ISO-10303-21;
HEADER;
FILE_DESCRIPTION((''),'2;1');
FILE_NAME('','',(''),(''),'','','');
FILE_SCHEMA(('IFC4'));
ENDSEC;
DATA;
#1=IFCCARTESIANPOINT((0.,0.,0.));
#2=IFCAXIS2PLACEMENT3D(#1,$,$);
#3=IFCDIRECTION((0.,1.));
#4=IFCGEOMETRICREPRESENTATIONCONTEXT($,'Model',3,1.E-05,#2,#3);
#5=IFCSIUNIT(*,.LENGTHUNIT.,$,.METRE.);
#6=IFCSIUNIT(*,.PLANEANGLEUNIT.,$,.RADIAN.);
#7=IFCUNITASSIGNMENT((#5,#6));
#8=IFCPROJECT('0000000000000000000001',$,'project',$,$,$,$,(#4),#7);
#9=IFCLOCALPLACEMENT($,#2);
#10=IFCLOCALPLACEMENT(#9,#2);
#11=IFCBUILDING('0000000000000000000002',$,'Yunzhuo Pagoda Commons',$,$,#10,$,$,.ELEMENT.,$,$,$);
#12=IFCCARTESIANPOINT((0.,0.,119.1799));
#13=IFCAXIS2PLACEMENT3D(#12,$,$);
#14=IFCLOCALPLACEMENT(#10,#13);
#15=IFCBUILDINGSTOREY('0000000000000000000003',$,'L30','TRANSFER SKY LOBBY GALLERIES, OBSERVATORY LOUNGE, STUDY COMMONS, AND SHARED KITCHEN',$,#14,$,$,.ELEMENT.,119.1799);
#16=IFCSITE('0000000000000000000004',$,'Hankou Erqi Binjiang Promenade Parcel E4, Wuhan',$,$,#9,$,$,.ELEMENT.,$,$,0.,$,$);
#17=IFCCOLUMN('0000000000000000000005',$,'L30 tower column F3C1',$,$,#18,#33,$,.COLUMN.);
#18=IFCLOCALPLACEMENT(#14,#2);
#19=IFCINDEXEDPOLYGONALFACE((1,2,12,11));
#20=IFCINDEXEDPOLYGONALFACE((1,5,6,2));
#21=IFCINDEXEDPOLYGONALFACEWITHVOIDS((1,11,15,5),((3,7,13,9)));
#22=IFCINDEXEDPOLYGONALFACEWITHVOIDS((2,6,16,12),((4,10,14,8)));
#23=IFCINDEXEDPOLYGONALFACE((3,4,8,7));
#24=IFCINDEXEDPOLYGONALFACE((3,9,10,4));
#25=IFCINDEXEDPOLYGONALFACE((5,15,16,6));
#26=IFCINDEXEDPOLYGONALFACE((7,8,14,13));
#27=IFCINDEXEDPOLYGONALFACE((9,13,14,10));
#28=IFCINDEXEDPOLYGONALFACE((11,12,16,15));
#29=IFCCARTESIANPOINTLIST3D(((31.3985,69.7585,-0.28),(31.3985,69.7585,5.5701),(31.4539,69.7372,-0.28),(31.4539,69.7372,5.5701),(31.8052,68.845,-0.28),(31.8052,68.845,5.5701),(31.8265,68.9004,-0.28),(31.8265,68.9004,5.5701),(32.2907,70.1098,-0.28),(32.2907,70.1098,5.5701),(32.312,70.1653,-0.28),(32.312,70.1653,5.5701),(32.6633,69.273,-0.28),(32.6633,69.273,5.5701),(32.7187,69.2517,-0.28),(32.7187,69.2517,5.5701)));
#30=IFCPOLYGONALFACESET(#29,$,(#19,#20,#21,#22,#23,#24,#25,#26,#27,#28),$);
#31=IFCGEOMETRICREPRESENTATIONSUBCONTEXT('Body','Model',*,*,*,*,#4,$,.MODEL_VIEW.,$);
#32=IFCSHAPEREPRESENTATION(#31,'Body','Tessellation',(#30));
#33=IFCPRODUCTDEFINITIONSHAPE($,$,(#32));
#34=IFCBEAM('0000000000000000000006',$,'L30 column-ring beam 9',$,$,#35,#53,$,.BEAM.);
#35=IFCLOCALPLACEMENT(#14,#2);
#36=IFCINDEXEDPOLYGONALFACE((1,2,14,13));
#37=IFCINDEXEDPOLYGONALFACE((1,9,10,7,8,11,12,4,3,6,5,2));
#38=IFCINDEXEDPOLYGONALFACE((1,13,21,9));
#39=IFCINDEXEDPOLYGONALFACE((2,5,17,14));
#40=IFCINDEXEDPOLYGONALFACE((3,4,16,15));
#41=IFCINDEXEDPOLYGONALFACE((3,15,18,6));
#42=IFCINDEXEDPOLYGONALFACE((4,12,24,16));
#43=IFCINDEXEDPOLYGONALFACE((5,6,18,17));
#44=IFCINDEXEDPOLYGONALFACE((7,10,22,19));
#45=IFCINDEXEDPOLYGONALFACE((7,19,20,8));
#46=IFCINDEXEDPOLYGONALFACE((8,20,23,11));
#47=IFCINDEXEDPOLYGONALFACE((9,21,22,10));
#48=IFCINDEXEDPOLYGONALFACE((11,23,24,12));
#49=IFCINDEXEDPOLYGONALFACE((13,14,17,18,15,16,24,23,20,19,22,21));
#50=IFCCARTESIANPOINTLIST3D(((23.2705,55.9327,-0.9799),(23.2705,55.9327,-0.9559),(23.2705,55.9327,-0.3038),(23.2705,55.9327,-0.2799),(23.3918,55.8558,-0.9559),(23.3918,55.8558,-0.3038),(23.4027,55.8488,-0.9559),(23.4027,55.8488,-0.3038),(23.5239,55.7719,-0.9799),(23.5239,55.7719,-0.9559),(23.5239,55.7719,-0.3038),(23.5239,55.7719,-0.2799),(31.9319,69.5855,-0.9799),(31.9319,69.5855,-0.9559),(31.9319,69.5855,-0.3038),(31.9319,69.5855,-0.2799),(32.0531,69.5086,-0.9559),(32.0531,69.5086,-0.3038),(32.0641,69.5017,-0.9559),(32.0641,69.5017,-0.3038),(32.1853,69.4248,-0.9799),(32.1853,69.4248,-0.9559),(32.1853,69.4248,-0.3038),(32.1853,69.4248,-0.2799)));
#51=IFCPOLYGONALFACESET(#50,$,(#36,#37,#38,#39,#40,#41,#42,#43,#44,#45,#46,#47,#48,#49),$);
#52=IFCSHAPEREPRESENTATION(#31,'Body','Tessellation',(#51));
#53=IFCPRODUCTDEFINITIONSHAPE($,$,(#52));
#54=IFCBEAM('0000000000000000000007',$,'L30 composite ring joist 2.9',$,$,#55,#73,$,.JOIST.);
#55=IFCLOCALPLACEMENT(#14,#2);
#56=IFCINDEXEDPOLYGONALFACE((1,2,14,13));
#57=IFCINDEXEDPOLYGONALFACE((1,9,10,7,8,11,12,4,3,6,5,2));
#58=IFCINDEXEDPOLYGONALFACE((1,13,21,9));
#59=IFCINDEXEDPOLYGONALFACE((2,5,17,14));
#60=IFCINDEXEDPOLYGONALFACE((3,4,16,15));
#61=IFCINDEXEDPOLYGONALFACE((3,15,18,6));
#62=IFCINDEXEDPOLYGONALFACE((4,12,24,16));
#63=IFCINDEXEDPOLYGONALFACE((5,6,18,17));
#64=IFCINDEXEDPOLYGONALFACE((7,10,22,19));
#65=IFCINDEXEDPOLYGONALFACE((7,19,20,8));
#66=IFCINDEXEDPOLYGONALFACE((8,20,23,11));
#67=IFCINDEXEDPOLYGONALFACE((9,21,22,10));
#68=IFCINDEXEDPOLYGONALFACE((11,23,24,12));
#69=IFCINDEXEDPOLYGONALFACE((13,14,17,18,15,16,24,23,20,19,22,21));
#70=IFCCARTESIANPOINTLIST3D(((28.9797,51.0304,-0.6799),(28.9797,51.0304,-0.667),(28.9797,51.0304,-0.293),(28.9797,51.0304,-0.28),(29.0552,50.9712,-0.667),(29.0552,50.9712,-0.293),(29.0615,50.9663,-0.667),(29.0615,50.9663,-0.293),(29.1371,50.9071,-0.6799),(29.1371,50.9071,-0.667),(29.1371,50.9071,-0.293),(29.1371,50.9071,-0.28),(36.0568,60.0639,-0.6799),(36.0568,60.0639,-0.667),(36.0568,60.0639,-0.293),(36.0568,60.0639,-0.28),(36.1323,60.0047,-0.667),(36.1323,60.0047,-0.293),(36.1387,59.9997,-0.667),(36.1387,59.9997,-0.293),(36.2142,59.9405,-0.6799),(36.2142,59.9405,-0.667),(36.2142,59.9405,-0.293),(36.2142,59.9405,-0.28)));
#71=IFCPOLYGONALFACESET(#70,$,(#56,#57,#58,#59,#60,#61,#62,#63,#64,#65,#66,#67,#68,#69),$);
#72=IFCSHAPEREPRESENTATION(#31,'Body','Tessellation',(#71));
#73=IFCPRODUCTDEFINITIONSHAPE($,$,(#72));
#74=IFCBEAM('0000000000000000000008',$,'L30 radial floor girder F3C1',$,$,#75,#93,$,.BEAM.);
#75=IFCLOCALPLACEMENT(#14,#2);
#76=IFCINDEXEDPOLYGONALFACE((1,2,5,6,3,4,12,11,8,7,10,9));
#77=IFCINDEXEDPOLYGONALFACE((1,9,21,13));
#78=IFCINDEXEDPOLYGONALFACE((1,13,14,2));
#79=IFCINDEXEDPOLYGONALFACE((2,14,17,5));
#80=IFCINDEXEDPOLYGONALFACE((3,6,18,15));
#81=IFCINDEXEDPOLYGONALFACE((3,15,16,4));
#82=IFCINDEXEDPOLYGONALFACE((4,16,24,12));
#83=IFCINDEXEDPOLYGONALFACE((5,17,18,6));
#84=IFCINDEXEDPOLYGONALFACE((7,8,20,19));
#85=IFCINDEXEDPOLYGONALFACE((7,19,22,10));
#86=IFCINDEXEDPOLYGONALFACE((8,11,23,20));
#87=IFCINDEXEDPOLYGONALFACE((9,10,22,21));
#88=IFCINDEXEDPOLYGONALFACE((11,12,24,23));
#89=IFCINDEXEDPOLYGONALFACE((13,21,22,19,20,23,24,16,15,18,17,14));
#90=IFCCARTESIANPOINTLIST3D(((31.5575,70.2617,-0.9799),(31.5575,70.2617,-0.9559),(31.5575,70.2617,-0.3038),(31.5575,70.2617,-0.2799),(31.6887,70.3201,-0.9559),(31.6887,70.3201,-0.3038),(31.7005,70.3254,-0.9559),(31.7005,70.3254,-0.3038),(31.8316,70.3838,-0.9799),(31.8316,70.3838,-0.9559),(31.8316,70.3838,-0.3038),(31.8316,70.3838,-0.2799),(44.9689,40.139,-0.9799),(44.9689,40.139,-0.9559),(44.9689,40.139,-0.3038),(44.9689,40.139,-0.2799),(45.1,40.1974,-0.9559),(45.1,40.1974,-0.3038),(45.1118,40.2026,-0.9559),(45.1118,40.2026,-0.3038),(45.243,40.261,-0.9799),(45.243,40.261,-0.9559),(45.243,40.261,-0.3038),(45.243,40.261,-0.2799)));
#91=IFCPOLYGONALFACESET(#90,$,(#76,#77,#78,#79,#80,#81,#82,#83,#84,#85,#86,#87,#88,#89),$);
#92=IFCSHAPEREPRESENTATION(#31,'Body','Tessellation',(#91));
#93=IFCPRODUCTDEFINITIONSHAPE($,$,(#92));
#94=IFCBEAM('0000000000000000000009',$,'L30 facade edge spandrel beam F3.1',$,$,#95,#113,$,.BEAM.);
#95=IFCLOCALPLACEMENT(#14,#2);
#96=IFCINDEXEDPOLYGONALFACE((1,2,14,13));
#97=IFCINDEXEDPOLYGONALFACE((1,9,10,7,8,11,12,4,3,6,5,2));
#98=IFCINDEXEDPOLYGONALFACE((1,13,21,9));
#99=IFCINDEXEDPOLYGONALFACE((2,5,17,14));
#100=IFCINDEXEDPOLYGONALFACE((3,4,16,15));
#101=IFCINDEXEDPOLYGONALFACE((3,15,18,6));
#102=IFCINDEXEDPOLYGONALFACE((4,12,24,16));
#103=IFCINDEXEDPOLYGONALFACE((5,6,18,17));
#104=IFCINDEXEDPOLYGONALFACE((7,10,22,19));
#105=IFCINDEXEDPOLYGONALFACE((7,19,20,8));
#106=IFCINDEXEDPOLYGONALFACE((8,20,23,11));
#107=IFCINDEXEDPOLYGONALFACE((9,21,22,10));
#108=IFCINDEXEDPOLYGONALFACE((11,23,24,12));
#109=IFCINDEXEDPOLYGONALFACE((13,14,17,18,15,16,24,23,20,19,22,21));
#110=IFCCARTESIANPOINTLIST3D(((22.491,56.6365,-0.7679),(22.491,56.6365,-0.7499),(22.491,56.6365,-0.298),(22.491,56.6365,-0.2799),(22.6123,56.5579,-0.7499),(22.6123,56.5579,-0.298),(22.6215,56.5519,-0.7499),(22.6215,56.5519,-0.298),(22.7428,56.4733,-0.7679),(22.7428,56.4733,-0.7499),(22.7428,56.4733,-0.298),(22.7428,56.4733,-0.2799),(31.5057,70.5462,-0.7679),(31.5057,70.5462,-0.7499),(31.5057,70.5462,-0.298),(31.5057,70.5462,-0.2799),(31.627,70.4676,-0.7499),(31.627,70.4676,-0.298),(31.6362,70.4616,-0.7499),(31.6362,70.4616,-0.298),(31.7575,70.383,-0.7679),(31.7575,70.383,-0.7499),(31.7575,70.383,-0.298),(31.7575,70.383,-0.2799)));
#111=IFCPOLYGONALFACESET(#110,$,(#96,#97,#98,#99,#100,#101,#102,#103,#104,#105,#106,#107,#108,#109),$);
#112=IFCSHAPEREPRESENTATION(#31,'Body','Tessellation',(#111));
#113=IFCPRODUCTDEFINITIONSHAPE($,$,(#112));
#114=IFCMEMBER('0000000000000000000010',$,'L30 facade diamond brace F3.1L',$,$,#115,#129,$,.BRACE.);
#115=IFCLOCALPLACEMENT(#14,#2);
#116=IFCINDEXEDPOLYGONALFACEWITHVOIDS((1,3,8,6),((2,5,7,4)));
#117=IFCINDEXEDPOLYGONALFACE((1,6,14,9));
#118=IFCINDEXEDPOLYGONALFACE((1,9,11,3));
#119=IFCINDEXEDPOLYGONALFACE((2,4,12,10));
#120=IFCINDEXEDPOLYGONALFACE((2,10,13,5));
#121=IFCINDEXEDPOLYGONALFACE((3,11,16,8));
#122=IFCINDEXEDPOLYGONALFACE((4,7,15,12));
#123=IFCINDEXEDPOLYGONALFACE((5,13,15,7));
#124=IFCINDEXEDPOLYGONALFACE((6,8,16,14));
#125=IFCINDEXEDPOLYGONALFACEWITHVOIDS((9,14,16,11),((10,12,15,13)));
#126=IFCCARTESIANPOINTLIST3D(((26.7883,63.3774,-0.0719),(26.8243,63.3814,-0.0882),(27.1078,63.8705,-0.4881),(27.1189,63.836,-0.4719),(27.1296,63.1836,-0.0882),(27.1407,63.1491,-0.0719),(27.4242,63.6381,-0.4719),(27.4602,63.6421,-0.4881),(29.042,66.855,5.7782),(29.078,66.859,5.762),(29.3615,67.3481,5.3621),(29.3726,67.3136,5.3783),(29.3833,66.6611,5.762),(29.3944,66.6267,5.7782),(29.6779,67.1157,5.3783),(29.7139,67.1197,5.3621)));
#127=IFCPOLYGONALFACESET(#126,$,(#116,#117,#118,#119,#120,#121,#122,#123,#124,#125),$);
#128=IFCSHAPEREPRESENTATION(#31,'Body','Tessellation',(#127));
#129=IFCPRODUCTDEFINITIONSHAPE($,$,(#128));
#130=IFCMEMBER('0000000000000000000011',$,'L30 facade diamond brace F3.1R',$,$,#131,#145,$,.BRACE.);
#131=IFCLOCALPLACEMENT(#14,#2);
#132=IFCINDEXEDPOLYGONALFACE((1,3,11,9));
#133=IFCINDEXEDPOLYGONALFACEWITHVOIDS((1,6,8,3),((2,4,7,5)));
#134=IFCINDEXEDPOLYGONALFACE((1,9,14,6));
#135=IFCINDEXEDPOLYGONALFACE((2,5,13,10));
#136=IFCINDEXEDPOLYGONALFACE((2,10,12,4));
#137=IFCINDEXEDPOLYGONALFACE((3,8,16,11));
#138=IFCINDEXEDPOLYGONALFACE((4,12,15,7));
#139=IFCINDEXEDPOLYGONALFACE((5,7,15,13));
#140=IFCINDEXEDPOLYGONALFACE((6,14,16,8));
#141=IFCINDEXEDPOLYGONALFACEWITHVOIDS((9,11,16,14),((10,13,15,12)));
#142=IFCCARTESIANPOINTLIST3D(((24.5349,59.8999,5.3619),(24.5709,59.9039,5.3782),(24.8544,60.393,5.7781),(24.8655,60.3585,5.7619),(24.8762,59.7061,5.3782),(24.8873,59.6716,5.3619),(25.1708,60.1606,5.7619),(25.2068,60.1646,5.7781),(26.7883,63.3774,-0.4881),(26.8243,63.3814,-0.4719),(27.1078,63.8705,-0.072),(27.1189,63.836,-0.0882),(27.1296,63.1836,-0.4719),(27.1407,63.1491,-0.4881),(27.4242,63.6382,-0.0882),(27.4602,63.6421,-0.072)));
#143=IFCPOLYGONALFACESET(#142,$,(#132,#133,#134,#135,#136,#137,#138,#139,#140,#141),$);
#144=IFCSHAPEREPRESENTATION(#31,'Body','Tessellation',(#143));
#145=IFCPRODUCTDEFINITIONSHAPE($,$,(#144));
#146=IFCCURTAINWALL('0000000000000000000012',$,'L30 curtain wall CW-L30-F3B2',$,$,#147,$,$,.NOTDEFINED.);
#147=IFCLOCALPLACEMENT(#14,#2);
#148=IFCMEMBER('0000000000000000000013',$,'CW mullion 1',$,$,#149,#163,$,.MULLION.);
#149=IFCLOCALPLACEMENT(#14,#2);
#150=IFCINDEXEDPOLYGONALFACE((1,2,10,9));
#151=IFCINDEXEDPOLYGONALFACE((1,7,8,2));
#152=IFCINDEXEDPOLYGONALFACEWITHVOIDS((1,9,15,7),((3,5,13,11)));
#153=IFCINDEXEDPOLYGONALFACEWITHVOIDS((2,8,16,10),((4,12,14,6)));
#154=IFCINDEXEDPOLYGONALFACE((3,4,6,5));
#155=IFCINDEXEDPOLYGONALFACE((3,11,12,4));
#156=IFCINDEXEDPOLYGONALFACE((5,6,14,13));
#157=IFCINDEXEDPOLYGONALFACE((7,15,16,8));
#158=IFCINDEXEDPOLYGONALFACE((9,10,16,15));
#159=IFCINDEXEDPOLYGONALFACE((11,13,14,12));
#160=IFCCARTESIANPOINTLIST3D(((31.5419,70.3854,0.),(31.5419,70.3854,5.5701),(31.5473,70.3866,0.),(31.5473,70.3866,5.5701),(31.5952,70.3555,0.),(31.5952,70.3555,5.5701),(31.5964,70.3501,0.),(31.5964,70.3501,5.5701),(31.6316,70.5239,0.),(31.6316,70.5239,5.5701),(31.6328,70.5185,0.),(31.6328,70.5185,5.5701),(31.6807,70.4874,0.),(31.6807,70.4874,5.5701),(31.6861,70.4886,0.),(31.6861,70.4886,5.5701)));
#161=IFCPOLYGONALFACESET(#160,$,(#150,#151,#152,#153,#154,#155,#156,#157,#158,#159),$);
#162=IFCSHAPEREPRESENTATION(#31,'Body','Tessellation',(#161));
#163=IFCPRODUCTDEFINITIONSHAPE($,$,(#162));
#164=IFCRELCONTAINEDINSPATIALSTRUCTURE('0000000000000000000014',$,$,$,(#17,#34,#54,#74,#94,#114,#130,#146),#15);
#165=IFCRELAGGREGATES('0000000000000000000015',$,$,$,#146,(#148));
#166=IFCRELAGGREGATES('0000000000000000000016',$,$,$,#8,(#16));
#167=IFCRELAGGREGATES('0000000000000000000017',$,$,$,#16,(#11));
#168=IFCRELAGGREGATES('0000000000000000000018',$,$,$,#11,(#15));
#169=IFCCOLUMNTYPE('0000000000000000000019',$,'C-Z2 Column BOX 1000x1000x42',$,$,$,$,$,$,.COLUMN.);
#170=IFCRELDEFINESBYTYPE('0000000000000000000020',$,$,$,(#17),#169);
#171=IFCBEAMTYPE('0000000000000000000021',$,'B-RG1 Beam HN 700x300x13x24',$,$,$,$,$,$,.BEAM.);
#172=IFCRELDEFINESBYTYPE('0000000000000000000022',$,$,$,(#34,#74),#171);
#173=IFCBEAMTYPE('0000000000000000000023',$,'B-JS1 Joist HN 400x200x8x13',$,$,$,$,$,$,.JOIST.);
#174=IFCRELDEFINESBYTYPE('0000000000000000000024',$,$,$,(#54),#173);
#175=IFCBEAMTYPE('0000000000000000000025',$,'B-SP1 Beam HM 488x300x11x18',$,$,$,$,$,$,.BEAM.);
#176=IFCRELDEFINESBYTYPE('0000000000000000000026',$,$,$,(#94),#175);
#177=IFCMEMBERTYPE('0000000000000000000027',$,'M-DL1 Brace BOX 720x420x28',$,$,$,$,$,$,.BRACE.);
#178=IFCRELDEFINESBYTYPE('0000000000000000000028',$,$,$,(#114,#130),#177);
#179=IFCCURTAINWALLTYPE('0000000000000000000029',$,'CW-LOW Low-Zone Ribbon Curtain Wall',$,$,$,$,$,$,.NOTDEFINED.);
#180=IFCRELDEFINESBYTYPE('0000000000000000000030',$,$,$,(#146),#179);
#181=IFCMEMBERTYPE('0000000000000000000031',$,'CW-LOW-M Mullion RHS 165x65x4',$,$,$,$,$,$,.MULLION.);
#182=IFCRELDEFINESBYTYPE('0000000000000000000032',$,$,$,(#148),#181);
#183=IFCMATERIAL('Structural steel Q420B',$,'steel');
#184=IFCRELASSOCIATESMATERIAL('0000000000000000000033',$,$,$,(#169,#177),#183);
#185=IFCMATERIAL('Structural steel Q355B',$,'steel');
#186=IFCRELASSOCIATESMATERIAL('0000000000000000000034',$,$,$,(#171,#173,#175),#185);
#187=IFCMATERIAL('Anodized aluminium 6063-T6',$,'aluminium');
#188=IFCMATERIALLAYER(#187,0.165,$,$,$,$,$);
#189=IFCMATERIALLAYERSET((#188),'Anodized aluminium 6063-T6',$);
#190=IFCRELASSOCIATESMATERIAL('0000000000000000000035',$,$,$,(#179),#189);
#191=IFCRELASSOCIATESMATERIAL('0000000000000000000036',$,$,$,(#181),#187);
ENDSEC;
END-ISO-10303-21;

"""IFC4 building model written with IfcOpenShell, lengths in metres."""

from ifc_helpers import new_model, si_unit, direction, frame, origin, origin_2d, place, context, subcontext, project, spatial, hollow_rectangle, i_section, extrude, source, transform, mapped, material, layer, layer_set, material_profile, profile_set, type_object, element, aggregate, save


model = new_model("IFC4")

# Units and contexts
model_context = context("Model", 3, precision=1e-05, world=origin(), true_north=direction((0.0, 1.0)))
body_context = subcontext(model_context, "Body", "Model", "MODEL_VIEW")
ifc_project = project(units=[si_unit("LENGTHUNIT", "METRE"), si_unit("PLANEANGLEUNIT", "RADIAN")], contexts=[model_context])

# Site, building, storey
site_placement = place(None, origin())
site = spatial("IfcSite", under=ifc_project, at=site_placement, Name="Hankou Erqi Binjiang Promenade Parcel E4, Wuhan", CompositionType="ELEMENT", RefElevation=0.0)
building_placement = place(site_placement, origin())
building = spatial("IfcBuilding", under=site, at=building_placement, Name="Yunzhuo Pagoda Commons", CompositionType="ELEMENT")
storey_placement = place(building_placement, frame((0.0, 0.0, 119.1799)))
storey = spatial("IfcBuildingStorey", under=building, at=storey_placement, Name="L30", Description="TRANSFER SKY LOBBY GALLERIES, OBSERVATORY LOUNGE, STUDY COMMONS, AND SHARED KITCHEN", CompositionType="ELEMENT", Elevation=119.1799)

# Column
ifc_material_1 = material(Name="Structural steel Q420B", Category="steel")
ifc_material_profile_1 = material_profile(ifc_material_1, hollow_rectangle(XDim=1.0, YDim=1.0, WallThickness=0.042, at=origin_2d()), Name="Structural steel Q420B")
ifc_profile_set_1 = profile_set([ifc_material_profile_1], Name="Structural steel Q420B")
column_type = type_object("IfcColumnType", Name="C-Z2 Column BOX 1000x1000x42", PredefinedType="COLUMN", material=ifc_profile_set_1)
shared_shape_1 = source(origin(), body_context, "Body", "SweptSolid", [
    extrude(hollow_rectangle(XDim=1.0, YDim=1.0, WallThickness=0.042, at=origin_2d()), origin(), (0.0, 0.0, 1.0), 5.8501),
])
column_placement = place(storey_placement, frame((32.0586, 69.5051, -0.28), z_axis=(0.0, 0.0, 1.0), x_axis=(-0.913545, -0.406737, 0.0)))
element("IfcColumn", 1, at=column_placement, inside=storey, type_object=column_type, Name="L30 tower column F3C1", PredefinedType="COLUMN", context=body_context, shape_type="MappedRepresentation", body=[
    mapped(shared_shape_1, transform((0.0, 0.0, 0.0), scale=1.0)),
])

# Beams
ifc_material_2 = material(Name="Structural steel Q355B", Category="steel")
ifc_material_profile_2 = material_profile(ifc_material_2, i_section(OverallWidth=0.3, OverallDepth=0.7, WebThickness=0.0129, FlangeThickness=0.0239, at=origin_2d()), Name="Structural steel Q355B")
ifc_profile_set_2 = profile_set([ifc_material_profile_2], Name="Structural steel Q355B")
beam_type_1 = type_object("IfcBeamType", Name="B-RG1 Beam HN 700x300x13x24", PredefinedType="BEAM", material=ifc_profile_set_2)
shared_shape_2 = source(origin(), body_context, "Body", "SweptSolid", [
    extrude(i_section(OverallWidth=0.3, OverallDepth=0.7, WebThickness=0.0129, FlangeThickness=0.0239, at=origin_2d()), origin(), (0.0, 0.0, 1.0), 16.1685),
])
beam_1_placement = place(storey_placement, frame((32.0586, 69.5051, -0.6299), z_axis=(-0.535696, -0.844411, 0.0), x_axis=(0.844411, -0.535696, 0.0)))
element("IfcBeam", 2, at=beam_1_placement, inside=storey, type_object=beam_type_1, Name="L30 column-ring beam 9", PredefinedType="BEAM", context=body_context, shape_type="MappedRepresentation", body=[
    mapped(shared_shape_2, transform((0.0, 0.0, 0.0), scale=1.0)),
])
ifc_material_profile_3 = material_profile(ifc_material_2, i_section(OverallWidth=0.2, OverallDepth=0.3999, WebThickness=0.0081, FlangeThickness=0.0129, at=origin_2d()), Name="Structural steel Q355B")
ifc_profile_set_3 = profile_set([ifc_material_profile_3], Name="Structural steel Q355B")
beam_type_2 = type_object("IfcBeamType", Name="B-JS1 Joist HN 400x200x8x13", PredefinedType="JOIST", material=ifc_profile_set_3)
shared_shape_3 = source(origin(), body_context, "Body", "SweptSolid", [
    extrude(i_section(OverallWidth=0.2, OverallDepth=0.3999, WebThickness=0.0081, FlangeThickness=0.0129, at=origin_2d()), origin(), (0.0, 0.0, 1.0), 11.4756),
])
beam_2_placement = place(storey_placement, frame((36.1355, 60.0022, -0.48), z_axis=(-0.616713, -0.787188, 0.0), x_axis=(0.787188, -0.616713, 0.0)))
element("IfcBeam", 3, at=beam_2_placement, inside=storey, type_object=beam_type_2, Name="L30 composite ring joist 2.9", PredefinedType="JOIST", context=body_context, shape_type="MappedRepresentation", body=[
    mapped(shared_shape_3, transform((0.0, 0.0, 0.0), scale=1.0)),
])
shared_shape_4 = source(origin(), body_context, "Body", "SweptSolid", [
    extrude(i_section(OverallWidth=0.3, OverallDepth=0.7, WebThickness=0.0129, FlangeThickness=0.0239, at=origin_2d()), origin(), (0.0, 0.0, 1.0), 32.9734),
])
beam_3_placement = place(storey_placement, frame((31.6946, 70.3228, -0.6299), z_axis=(0.406733, -0.913547, 0.0), x_axis=(0.913547, 0.406733, 0.0)))
element("IfcBeam", 4, at=beam_3_placement, inside=storey, type_object=beam_type_1, Name="L30 radial floor girder F3C1", PredefinedType="BEAM", context=body_context, shape_type="MappedRepresentation", body=[
    mapped(shared_shape_4, transform((0.0, 0.0, 0.0), scale=1.0)),
])
ifc_material_profile_4 = material_profile(ifc_material_2, i_section(OverallWidth=0.3, OverallDepth=0.488, WebThickness=0.011, FlangeThickness=0.0181, at=origin_2d()), Name="Structural steel Q355B")
ifc_profile_set_4 = profile_set([ifc_material_profile_4], Name="Structural steel Q355B")
beam_type_3 = type_object("IfcBeamType", Name="B-SP1 Beam HM 488x300x11x18", PredefinedType="BEAM", material=ifc_profile_set_4)
shared_shape_5 = source(origin(), body_context, "Body", "SweptSolid", [
    extrude(i_section(OverallWidth=0.3, OverallDepth=0.488, WebThickness=0.011, FlangeThickness=0.0181, at=origin_2d()), origin(), (0.0, 0.0, 1.0), 16.5754),
])
beam_4_placement = place(storey_placement, frame((31.6316, 70.4646, -0.5239), z_axis=(-0.543858, -0.839177, 0.0), x_axis=(0.839177, -0.543858, 0.0)))
element("IfcBeam", 5, at=beam_4_placement, inside=storey, type_object=beam_type_3, Name="L30 facade edge spandrel beam F3.1", PredefinedType="BEAM", context=body_context, shape_type="MappedRepresentation", body=[
    mapped(shared_shape_5, transform((0.0, 0.0, 0.0), scale=1.0)),
])

# Members
ifc_material_profile_5 = material_profile(ifc_material_1, hollow_rectangle(XDim=0.4199, YDim=0.72, WallThickness=0.0281, at=origin_2d()), Name="Structural steel Q420B")
ifc_profile_set_5 = profile_set([ifc_material_profile_5], Name="Structural steel Q420B")
member_type_1 = type_object("IfcMemberType", Name="M-DL1 Brace BOX 720x420x28", PredefinedType="BRACE", material=ifc_profile_set_5)
shared_shape_6 = source(origin(), body_context, "Body", "SweptSolid", [
    extrude(hollow_rectangle(XDim=0.4199, YDim=0.72, WallThickness=0.0281, at=origin_2d()), origin(), (0.0, 0.0, 1.0), 7.1692),
])
member_1_placement = place(storey_placement, frame((27.1243, 63.5098, -0.28), z_axis=(0.314358, 0.485074, 0.816016), x_axis=(-0.839186, 0.543845, 0.0)))
element("IfcMember", 6, at=member_1_placement, inside=storey, type_object=member_type_1, Name="L30 facade diamond brace F3.1L", PredefinedType="BRACE", context=body_context, shape_type="MappedRepresentation", body=[
    mapped(shared_shape_6, transform((0.0, 0.0, 0.0), scale=1.0)),
])
shared_shape_7 = source(origin(), body_context, "Body", "SweptSolid", [
    extrude(hollow_rectangle(XDim=0.4199, YDim=0.72, WallThickness=0.0281, at=origin_2d()), origin(), (0.0, 0.0, 1.0), 7.1689),
])
member_2_placement = place(storey_placement, frame((27.1243, 63.5098, -0.28), z_axis=(-0.314327, -0.485079, 0.816025), x_axis=(0.839213, -0.543803, 0.0)))
element("IfcMember", 7, at=member_2_placement, inside=storey, type_object=member_type_1, Name="L30 facade diamond brace F3.1R", PredefinedType="BRACE", context=body_context, shape_type="MappedRepresentation", body=[
    mapped(shared_shape_7, transform((0.0, 0.0, 0.0), scale=1.0)),
])

# Curtain wall, member
ifc_material_3 = material(Name="Anodized aluminium 6063-T6", Category="aluminium")
ifc_layer_1 = layer(ifc_material_3, 0.165)
ifc_layer_set_1 = layer_set([ifc_layer_1], Name="Anodized aluminium 6063-T6")
curtain_wall_type = type_object("IfcCurtainWallType", Name="CW-LOW Low-Zone Ribbon Curtain Wall", PredefinedType="NOTDEFINED", material=ifc_layer_set_1)
curtain_wall_1_placement = place(storey_placement, origin())
curtain_wall_1 = element("IfcCurtainWall", 8, at=curtain_wall_1_placement, inside=storey, type_object=curtain_wall_type, Name="L30 curtain wall CW-L30-F3B2", PredefinedType="NOTDEFINED")
ifc_material_profile_6 = material_profile(ifc_material_3, hollow_rectangle(XDim=0.0649, YDim=0.165, WallThickness=0.0039, at=origin_2d()), Name="Anodized aluminium 6063-T6")
ifc_profile_set_6 = profile_set([ifc_material_profile_6], Name="Anodized aluminium 6063-T6")
member_type_2 = type_object("IfcMemberType", Name="CW-LOW-M Mullion RHS 165x65x4", PredefinedType="MULLION", material=ifc_profile_set_6)
shared_shape_8 = source(origin(), body_context, "Body", "SweptSolid", [
    extrude(hollow_rectangle(XDim=0.0649, YDim=0.165, WallThickness=0.0039, at=origin_2d()), origin(), (0.0, 0.0, 1.0), 5.5701),
])
member_3_placement = place(storey_placement, frame((31.614, 70.437, 0.0), z_axis=(0.0, 0.0, 1.0), x_axis=(0.839175, -0.543862, 0.0)))
member_3 = element("IfcMember", 9, at=member_3_placement, type_object=member_type_2, Name="CW mullion 1", PredefinedType="MULLION", context=body_context, shape_type="MappedRepresentation", body=[
    mapped(shared_shape_8, transform((0.0, 0.0, 0.0), scale=1.0)),
])

aggregate(curtain_wall_1, [member_3])

save(model, "model.ifc")
